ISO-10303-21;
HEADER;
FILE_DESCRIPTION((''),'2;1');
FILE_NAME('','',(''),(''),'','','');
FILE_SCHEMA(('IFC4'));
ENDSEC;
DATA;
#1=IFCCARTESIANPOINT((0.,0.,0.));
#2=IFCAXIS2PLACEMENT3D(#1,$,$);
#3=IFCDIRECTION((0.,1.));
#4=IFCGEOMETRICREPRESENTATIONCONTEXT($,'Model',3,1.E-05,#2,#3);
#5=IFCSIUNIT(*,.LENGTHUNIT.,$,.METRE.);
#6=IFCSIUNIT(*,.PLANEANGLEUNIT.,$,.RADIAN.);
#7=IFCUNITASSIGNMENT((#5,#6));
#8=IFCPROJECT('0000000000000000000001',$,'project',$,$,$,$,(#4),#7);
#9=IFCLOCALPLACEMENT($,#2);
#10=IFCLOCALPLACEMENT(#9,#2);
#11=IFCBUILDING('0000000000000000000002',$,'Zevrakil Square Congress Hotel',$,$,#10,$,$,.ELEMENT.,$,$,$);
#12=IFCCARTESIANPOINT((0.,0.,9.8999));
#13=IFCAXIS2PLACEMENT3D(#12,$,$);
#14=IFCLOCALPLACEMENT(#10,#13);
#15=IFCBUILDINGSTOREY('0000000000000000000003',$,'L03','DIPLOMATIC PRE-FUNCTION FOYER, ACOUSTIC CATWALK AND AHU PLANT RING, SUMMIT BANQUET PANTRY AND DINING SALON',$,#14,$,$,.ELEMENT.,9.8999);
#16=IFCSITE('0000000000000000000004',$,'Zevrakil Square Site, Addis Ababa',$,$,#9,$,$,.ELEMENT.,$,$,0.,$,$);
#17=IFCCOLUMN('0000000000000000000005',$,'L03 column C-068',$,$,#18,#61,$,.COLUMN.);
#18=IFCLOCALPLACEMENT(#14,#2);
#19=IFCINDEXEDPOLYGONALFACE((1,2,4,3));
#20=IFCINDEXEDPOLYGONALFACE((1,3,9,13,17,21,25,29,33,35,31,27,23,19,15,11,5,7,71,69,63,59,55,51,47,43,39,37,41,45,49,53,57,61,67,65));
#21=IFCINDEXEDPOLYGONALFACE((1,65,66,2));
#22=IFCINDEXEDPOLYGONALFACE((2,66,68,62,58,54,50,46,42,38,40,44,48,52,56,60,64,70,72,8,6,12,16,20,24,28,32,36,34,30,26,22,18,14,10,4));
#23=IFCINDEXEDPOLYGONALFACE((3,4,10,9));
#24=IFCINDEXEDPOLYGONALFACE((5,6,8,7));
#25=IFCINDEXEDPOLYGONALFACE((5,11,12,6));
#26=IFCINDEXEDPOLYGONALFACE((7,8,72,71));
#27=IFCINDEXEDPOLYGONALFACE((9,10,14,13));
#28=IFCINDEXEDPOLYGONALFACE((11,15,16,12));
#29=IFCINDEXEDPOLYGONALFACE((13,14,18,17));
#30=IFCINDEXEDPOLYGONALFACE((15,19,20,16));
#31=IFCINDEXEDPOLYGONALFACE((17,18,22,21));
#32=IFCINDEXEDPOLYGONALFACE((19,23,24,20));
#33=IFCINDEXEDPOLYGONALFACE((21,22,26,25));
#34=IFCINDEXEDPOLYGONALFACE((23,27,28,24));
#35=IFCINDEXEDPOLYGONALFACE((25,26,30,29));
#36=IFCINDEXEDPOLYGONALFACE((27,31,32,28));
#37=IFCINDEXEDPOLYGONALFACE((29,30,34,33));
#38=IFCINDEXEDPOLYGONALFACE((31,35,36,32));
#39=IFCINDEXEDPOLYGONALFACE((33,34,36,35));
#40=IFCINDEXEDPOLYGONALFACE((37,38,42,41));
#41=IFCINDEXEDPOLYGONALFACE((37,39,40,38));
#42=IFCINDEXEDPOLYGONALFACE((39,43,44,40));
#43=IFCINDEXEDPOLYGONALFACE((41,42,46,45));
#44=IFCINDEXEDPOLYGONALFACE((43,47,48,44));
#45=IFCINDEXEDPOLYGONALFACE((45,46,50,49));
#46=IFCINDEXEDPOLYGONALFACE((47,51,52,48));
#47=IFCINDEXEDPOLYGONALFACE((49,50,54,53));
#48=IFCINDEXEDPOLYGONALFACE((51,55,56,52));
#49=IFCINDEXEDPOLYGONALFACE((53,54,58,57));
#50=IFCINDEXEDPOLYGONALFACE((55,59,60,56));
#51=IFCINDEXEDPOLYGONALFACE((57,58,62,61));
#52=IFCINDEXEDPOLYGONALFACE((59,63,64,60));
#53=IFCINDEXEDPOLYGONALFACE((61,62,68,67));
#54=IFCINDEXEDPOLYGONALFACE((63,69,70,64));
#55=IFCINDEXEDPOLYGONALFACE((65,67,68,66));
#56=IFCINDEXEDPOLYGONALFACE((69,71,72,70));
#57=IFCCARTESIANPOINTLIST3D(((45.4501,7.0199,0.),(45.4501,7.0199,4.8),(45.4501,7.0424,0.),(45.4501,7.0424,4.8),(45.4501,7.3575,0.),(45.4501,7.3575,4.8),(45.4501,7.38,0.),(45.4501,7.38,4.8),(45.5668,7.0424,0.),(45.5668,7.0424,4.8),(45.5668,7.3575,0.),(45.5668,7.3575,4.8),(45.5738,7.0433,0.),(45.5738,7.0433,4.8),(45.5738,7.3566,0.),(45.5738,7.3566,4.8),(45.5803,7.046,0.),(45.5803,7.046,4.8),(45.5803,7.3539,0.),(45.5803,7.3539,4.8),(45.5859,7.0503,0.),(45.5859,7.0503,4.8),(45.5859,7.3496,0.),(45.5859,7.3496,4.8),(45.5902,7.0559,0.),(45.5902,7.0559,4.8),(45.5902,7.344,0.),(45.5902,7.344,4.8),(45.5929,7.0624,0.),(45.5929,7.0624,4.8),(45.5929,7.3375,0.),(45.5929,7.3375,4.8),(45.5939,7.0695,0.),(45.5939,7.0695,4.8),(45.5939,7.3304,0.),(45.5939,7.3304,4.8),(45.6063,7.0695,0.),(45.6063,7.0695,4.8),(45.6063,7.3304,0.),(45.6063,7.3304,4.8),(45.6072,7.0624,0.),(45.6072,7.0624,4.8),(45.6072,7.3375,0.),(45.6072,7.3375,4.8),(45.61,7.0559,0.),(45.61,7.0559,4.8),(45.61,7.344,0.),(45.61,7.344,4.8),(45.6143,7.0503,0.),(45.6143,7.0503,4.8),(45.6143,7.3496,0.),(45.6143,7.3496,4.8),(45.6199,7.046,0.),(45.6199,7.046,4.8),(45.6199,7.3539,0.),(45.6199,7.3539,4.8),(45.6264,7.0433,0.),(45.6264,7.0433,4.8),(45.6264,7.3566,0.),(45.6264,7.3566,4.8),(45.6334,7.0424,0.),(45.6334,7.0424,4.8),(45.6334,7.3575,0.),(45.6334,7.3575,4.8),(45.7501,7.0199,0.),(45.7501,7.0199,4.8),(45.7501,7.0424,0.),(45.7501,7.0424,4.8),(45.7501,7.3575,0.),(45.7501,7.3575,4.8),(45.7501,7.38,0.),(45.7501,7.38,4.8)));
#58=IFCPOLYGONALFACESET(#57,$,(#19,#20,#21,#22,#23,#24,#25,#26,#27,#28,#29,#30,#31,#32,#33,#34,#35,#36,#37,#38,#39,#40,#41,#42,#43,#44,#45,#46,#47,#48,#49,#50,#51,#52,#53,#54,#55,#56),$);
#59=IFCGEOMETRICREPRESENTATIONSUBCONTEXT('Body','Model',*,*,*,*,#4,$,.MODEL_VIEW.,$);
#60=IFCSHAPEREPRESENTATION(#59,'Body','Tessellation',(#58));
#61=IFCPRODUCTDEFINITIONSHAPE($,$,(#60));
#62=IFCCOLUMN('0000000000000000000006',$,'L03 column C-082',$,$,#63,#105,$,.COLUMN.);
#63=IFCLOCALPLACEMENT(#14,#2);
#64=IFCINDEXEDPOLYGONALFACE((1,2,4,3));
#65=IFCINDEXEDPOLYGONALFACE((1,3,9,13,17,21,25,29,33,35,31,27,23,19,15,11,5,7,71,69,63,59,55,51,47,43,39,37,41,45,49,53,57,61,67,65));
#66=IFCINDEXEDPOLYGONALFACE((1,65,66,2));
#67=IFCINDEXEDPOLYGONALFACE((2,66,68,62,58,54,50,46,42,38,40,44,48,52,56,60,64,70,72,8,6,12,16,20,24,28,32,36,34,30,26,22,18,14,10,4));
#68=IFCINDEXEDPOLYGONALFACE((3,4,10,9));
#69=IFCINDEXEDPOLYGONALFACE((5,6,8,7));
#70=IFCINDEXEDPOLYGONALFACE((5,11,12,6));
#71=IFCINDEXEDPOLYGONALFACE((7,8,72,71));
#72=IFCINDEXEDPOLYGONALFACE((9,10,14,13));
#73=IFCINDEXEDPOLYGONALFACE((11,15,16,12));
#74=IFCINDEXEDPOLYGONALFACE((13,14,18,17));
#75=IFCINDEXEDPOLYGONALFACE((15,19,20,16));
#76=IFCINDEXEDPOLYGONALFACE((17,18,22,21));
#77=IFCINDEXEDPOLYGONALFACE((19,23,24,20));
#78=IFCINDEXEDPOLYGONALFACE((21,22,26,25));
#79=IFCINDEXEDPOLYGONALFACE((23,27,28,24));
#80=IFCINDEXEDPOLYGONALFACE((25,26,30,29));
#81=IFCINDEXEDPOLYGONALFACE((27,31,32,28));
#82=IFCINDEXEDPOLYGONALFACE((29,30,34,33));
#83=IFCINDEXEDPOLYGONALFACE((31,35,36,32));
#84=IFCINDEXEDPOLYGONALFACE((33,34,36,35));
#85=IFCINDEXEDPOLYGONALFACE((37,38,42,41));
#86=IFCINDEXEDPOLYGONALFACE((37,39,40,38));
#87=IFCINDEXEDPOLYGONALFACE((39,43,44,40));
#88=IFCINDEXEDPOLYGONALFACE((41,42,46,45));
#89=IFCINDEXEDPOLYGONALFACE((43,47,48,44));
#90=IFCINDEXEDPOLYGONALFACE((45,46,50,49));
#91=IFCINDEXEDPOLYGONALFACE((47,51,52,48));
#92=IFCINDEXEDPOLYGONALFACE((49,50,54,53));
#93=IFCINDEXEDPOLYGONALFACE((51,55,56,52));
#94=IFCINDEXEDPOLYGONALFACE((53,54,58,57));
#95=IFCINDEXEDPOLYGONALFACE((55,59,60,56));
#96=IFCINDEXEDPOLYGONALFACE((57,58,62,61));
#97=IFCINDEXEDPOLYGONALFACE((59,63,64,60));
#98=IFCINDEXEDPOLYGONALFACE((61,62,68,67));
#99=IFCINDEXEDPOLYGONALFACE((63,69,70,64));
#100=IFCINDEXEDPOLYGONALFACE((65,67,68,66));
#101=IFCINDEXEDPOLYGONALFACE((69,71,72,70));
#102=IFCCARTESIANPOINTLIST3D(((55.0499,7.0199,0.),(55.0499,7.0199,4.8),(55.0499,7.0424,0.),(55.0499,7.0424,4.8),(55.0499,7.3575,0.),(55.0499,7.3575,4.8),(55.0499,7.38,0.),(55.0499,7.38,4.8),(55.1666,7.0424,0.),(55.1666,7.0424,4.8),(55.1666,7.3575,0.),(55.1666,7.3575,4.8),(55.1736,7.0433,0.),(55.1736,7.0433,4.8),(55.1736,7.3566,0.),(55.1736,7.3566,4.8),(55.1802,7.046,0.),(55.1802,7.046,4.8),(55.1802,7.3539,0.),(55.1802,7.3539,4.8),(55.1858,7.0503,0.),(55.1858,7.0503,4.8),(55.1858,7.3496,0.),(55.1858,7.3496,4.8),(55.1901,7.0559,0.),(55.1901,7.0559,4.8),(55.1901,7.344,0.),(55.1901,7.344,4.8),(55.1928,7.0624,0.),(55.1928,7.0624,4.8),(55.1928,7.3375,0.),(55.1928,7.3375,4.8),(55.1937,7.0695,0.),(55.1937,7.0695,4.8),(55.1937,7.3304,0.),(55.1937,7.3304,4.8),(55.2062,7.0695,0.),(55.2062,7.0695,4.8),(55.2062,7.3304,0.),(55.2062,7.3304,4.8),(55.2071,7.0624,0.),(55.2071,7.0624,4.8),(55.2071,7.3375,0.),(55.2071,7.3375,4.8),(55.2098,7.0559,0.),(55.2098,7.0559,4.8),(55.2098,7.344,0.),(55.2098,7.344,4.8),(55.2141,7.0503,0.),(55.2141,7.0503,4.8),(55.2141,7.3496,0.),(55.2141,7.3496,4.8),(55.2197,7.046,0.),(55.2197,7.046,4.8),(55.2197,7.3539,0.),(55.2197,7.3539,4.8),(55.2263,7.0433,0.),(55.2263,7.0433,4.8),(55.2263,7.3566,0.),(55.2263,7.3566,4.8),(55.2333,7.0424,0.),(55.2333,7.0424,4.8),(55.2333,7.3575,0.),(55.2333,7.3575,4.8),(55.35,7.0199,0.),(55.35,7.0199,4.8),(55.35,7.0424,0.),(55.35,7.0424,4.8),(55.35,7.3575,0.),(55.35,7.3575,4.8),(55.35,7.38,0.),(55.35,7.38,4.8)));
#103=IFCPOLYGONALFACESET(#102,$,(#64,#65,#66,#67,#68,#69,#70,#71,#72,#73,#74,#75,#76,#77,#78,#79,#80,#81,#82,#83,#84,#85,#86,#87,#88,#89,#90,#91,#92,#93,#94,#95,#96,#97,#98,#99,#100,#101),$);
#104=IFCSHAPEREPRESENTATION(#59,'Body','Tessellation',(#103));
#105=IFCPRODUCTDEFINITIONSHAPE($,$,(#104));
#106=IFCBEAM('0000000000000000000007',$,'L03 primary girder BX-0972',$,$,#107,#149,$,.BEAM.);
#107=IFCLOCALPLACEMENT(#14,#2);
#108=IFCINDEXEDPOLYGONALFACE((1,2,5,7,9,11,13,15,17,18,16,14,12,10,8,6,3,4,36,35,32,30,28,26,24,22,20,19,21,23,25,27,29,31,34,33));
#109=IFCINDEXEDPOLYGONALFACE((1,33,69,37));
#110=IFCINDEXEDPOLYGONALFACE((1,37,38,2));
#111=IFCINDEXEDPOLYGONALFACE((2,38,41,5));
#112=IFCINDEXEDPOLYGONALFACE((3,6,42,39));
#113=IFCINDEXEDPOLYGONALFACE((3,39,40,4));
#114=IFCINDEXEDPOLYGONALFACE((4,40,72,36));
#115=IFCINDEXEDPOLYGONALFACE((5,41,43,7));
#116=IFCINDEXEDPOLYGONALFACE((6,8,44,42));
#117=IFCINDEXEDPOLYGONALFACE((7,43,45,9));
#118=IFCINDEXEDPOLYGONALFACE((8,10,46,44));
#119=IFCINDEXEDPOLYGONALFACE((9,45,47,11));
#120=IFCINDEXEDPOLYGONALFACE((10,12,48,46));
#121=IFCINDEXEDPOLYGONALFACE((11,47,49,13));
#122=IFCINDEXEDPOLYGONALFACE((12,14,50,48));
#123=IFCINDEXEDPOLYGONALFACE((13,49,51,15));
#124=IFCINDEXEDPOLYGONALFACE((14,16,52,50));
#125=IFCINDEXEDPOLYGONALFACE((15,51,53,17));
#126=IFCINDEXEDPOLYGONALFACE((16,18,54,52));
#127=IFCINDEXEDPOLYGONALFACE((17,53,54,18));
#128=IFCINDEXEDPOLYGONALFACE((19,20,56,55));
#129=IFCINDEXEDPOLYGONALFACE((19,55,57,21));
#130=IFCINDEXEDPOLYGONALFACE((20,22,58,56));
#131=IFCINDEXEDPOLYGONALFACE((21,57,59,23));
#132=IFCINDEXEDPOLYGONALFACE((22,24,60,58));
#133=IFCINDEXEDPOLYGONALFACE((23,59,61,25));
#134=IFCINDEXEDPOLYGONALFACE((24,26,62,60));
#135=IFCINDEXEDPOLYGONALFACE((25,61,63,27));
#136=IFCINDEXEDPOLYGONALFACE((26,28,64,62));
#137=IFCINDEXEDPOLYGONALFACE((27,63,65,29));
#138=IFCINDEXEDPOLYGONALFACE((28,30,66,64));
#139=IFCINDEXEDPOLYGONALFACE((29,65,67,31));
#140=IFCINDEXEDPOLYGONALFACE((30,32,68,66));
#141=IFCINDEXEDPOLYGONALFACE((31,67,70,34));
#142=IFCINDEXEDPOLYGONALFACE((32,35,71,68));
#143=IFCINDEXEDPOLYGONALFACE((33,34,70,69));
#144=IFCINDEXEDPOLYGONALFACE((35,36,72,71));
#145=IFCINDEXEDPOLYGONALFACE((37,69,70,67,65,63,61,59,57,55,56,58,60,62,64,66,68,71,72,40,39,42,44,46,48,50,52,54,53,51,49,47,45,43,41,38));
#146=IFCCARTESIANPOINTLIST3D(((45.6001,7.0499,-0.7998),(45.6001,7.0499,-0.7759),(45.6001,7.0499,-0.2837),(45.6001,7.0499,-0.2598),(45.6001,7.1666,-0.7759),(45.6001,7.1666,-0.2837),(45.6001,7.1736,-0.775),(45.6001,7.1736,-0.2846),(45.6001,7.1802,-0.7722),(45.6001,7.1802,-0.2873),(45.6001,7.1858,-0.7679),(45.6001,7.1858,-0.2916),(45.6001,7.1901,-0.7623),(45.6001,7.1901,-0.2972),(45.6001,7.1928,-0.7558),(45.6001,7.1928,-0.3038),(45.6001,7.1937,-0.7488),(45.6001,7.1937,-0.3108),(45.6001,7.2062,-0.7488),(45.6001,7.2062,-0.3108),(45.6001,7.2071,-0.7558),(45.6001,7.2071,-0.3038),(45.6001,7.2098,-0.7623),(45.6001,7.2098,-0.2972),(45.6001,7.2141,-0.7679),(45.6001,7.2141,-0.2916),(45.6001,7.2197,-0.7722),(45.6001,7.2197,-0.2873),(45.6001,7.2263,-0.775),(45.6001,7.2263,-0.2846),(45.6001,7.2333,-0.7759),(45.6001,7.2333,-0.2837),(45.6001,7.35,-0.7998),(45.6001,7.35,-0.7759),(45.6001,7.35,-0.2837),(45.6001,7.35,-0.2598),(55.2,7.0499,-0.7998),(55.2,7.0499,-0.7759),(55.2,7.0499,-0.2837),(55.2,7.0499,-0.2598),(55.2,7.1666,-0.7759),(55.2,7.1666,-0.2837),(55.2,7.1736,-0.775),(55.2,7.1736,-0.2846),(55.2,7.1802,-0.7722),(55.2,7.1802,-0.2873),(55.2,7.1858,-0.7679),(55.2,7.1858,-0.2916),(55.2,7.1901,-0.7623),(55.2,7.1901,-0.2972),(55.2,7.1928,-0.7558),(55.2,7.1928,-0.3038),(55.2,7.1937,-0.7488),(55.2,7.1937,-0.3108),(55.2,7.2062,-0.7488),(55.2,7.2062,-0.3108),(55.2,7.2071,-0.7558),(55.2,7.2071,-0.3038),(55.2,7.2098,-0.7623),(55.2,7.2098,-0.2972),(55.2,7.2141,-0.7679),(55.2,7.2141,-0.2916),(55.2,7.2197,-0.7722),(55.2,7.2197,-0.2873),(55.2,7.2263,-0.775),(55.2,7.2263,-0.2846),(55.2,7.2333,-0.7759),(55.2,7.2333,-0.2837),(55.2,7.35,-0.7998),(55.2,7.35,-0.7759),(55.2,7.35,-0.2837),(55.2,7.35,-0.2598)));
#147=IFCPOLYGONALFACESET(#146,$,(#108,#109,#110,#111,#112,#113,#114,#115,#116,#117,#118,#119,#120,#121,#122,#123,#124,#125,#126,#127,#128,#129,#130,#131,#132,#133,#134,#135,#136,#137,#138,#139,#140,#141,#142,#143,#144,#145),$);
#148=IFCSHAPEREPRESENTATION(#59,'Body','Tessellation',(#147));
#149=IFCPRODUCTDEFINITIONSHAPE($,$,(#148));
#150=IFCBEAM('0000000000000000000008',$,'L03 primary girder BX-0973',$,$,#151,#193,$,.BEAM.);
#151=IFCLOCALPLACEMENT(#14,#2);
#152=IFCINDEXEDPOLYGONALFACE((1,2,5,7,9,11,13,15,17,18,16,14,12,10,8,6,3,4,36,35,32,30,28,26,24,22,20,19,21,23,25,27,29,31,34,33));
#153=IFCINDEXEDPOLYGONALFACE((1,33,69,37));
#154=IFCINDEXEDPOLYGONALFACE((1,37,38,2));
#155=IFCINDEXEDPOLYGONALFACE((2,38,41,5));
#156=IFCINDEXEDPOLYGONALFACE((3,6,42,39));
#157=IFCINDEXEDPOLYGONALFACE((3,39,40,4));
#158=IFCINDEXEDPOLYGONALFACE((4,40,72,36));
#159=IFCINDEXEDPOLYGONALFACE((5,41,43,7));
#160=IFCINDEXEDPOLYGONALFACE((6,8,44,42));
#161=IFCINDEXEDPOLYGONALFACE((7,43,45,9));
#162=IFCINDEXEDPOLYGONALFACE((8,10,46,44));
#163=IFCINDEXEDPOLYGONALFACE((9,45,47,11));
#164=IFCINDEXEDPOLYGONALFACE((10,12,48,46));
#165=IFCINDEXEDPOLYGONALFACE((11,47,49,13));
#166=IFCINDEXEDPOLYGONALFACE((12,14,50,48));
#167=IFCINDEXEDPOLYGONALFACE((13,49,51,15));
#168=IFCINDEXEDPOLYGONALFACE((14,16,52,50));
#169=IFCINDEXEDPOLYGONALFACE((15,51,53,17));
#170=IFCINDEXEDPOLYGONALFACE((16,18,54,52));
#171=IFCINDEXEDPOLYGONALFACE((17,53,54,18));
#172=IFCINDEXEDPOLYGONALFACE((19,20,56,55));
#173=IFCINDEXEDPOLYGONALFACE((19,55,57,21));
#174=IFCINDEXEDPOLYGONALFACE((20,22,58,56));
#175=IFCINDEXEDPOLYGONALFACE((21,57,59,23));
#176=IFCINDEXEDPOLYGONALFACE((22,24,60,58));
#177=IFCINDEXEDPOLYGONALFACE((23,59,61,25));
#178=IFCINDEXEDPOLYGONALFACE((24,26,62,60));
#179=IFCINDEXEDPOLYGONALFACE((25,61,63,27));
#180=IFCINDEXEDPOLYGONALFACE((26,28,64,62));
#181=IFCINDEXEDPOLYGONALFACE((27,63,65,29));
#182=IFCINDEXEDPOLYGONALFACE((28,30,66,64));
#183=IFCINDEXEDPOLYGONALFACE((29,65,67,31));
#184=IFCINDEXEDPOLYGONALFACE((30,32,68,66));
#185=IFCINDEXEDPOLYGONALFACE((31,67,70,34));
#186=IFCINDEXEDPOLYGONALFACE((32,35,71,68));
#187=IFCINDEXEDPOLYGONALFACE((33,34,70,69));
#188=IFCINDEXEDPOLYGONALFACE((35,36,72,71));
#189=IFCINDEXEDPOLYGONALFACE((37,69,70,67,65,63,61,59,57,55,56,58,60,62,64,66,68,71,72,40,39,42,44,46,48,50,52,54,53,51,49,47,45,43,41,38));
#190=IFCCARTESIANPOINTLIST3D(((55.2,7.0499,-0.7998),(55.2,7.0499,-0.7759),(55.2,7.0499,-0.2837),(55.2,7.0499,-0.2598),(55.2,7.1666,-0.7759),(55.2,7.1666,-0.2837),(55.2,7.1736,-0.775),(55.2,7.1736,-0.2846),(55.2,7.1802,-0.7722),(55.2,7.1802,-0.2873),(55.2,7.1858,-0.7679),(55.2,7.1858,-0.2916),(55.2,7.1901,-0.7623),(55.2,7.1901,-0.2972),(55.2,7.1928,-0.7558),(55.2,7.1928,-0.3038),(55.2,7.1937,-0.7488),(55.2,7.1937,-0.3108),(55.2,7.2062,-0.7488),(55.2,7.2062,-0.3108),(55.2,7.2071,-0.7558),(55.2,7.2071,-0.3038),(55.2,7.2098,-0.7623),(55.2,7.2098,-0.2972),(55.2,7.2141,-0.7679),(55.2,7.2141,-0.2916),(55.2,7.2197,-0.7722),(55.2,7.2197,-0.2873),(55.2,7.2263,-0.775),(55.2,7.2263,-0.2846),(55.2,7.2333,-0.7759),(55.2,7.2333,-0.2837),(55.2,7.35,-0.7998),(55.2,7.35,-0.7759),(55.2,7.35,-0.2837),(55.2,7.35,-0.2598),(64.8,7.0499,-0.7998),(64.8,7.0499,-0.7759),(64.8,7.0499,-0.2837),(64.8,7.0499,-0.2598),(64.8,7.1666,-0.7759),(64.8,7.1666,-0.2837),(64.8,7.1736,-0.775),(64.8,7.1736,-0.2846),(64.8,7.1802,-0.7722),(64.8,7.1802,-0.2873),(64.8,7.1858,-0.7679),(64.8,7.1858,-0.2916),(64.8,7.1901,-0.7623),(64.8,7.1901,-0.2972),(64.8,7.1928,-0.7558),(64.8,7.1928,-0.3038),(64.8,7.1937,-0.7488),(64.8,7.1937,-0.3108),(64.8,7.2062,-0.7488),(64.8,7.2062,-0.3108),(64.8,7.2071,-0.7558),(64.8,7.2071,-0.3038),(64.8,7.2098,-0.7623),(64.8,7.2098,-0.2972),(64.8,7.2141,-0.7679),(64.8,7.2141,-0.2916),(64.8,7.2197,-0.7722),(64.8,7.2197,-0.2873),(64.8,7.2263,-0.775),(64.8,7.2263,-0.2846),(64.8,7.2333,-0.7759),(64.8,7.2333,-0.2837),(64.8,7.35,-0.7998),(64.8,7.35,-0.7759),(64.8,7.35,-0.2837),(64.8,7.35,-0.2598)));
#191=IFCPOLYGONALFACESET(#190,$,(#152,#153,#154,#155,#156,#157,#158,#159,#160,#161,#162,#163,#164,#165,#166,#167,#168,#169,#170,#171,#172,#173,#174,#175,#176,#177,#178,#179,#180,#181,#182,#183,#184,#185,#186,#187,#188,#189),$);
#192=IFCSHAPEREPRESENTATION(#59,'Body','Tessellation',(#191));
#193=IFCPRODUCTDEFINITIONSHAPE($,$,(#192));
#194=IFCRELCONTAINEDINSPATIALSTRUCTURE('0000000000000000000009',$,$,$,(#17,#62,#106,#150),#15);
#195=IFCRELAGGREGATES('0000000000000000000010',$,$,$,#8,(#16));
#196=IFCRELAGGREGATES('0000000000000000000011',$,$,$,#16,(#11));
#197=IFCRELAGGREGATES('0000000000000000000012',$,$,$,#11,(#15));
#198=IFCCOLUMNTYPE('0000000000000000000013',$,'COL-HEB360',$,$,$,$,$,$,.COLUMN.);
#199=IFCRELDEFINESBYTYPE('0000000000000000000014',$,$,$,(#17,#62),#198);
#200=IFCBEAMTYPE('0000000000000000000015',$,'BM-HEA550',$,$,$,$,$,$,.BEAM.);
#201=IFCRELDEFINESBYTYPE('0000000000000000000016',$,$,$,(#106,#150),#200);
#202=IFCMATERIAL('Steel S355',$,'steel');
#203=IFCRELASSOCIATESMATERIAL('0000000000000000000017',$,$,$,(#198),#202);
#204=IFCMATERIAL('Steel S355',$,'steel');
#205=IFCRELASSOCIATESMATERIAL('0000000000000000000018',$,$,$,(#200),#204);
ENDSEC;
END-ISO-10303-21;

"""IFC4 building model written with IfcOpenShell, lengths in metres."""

from ifc_helpers import new_model, si_unit, direction, frame, origin, origin_2d, place, context, subcontext, project, spatial, i_section, extrude, material, material_profile, profile_set, type_object, element, save


model = new_model("IFC4")

# Units and contexts
model_context = context("Model", 3, precision=1e-05, world=origin(), true_north=direction((0.0, 1.0)))
body_context = subcontext(model_context, "Body", "Model", "MODEL_VIEW")
ifc_project = project(units=[si_unit("LENGTHUNIT", "METRE"), si_unit("PLANEANGLEUNIT", "RADIAN")], contexts=[model_context])

# Site, building, storey
site_placement = place(None, origin())
site = spatial("IfcSite", under=ifc_project, at=site_placement, Name="Zevrakil Square Site, Addis Ababa", CompositionType="ELEMENT", RefElevation=0.0)
building_placement = place(site_placement, origin())
building = spatial("IfcBuilding", under=site, at=building_placement, Name="Zevrakil Square Congress Hotel", CompositionType="ELEMENT")
storey_placement = place(building_placement, frame((0.0, 0.0, 9.8999)))
storey = spatial("IfcBuildingStorey", under=building, at=storey_placement, Name="L03", Description="DIPLOMATIC PRE-FUNCTION FOYER, ACOUSTIC CATWALK AND AHU PLANT RING, SUMMIT BANQUET PANTRY AND DINING SALON", CompositionType="ELEMENT", Elevation=9.8999)

# Columns
ifc_material_1 = material(Name="Steel S355", Category="steel")
ifc_material_profile_1 = material_profile(ifc_material_1, i_section(OverallWidth=0.3, OverallDepth=0.3601, WebThickness=0.0125, FlangeThickness=0.0225, FilletRadius=0.0271, at=origin_2d()), Name="HEB 360")
ifc_profile_set_1 = profile_set([ifc_material_profile_1], Name="Steel S355")
column_type = type_object("IfcColumnType", Name="COL-HEB360", PredefinedType="COLUMN", material=ifc_profile_set_1)
for number, where, z_axis, x_axis, name in (
    (1, (45.6001, 7.2, 0.0), (0.0, 0.0, 1.0), (1.0, 0.0, 0.0), "L03 column C-068"),
    (2, (55.2, 7.2, 0.0), (0.0, 0.0, 1.0), (1.0, 0.0, 0.0), "L03 column C-082"),
):
    element("IfcColumn", number, at=place(storey_placement, frame(where, z_axis=z_axis, x_axis=x_axis)), inside=storey, type_object=column_type, Name=name, PredefinedType="COLUMN", context=body_context, shape_type="SweptSolid", body=[
        extrude(i_section(OverallWidth=0.3, OverallDepth=0.3601, WebThickness=0.0125, FlangeThickness=0.0225, FilletRadius=0.0271, at=origin_2d()), origin(), (0.0, 0.0, 1.0), 4.8),
    ])

# Beams
ifc_material_2 = material(Name="Steel S355", Category="steel")
ifc_material_profile_2 = material_profile(ifc_material_2, i_section(OverallWidth=0.3, OverallDepth=0.54, WebThickness=0.0125, FlangeThickness=0.0239, FilletRadius=0.0271, at=origin_2d()), Name="HEA 550")
ifc_profile_set_2 = profile_set([ifc_material_profile_2], Name="Steel S355")
beam_type_1 = type_object("IfcBeamType", Name="BM-HEA550", PredefinedType="BEAM", material=ifc_profile_set_2)
beam_1_placement = place(storey_placement, frame((45.6001, 7.2, -0.5298), z_axis=(1.0, 0.0, 0.0), x_axis=(0.0, 1.0, 0.0)))
element("IfcBeam", 3, at=beam_1_placement, inside=storey, type_object=beam_type_1, Name="L03 primary girder BX-0972", PredefinedType="BEAM", context=body_context, shape_type="SweptSolid", body=[
    extrude(i_section(OverallWidth=0.3, OverallDepth=0.54, WebThickness=0.0125, FlangeThickness=0.0239, FilletRadius=0.0271, at=origin_2d()), origin(), (0.0, 0.0, 1.0), 9.5999),
])
beam_2_placement = place(storey_placement, frame((55.2, 7.2, -0.5298), z_axis=(1.0, 0.0, 0.0), x_axis=(0.0, 1.0, 0.0)))
element("IfcBeam", 4, at=beam_2_placement, inside=storey, type_object=beam_type_1, Name="L03 primary girder BX-0973", PredefinedType="BEAM", context=body_context, shape_type="SweptSolid", body=[
    extrude(i_section(OverallWidth=0.3, OverallDepth=0.54, WebThickness=0.0125, FlangeThickness=0.0239, FilletRadius=0.0271, at=origin_2d()), origin(), (0.0, 0.0, 1.0), 9.6001),
])

save(model, "model.ifc")
